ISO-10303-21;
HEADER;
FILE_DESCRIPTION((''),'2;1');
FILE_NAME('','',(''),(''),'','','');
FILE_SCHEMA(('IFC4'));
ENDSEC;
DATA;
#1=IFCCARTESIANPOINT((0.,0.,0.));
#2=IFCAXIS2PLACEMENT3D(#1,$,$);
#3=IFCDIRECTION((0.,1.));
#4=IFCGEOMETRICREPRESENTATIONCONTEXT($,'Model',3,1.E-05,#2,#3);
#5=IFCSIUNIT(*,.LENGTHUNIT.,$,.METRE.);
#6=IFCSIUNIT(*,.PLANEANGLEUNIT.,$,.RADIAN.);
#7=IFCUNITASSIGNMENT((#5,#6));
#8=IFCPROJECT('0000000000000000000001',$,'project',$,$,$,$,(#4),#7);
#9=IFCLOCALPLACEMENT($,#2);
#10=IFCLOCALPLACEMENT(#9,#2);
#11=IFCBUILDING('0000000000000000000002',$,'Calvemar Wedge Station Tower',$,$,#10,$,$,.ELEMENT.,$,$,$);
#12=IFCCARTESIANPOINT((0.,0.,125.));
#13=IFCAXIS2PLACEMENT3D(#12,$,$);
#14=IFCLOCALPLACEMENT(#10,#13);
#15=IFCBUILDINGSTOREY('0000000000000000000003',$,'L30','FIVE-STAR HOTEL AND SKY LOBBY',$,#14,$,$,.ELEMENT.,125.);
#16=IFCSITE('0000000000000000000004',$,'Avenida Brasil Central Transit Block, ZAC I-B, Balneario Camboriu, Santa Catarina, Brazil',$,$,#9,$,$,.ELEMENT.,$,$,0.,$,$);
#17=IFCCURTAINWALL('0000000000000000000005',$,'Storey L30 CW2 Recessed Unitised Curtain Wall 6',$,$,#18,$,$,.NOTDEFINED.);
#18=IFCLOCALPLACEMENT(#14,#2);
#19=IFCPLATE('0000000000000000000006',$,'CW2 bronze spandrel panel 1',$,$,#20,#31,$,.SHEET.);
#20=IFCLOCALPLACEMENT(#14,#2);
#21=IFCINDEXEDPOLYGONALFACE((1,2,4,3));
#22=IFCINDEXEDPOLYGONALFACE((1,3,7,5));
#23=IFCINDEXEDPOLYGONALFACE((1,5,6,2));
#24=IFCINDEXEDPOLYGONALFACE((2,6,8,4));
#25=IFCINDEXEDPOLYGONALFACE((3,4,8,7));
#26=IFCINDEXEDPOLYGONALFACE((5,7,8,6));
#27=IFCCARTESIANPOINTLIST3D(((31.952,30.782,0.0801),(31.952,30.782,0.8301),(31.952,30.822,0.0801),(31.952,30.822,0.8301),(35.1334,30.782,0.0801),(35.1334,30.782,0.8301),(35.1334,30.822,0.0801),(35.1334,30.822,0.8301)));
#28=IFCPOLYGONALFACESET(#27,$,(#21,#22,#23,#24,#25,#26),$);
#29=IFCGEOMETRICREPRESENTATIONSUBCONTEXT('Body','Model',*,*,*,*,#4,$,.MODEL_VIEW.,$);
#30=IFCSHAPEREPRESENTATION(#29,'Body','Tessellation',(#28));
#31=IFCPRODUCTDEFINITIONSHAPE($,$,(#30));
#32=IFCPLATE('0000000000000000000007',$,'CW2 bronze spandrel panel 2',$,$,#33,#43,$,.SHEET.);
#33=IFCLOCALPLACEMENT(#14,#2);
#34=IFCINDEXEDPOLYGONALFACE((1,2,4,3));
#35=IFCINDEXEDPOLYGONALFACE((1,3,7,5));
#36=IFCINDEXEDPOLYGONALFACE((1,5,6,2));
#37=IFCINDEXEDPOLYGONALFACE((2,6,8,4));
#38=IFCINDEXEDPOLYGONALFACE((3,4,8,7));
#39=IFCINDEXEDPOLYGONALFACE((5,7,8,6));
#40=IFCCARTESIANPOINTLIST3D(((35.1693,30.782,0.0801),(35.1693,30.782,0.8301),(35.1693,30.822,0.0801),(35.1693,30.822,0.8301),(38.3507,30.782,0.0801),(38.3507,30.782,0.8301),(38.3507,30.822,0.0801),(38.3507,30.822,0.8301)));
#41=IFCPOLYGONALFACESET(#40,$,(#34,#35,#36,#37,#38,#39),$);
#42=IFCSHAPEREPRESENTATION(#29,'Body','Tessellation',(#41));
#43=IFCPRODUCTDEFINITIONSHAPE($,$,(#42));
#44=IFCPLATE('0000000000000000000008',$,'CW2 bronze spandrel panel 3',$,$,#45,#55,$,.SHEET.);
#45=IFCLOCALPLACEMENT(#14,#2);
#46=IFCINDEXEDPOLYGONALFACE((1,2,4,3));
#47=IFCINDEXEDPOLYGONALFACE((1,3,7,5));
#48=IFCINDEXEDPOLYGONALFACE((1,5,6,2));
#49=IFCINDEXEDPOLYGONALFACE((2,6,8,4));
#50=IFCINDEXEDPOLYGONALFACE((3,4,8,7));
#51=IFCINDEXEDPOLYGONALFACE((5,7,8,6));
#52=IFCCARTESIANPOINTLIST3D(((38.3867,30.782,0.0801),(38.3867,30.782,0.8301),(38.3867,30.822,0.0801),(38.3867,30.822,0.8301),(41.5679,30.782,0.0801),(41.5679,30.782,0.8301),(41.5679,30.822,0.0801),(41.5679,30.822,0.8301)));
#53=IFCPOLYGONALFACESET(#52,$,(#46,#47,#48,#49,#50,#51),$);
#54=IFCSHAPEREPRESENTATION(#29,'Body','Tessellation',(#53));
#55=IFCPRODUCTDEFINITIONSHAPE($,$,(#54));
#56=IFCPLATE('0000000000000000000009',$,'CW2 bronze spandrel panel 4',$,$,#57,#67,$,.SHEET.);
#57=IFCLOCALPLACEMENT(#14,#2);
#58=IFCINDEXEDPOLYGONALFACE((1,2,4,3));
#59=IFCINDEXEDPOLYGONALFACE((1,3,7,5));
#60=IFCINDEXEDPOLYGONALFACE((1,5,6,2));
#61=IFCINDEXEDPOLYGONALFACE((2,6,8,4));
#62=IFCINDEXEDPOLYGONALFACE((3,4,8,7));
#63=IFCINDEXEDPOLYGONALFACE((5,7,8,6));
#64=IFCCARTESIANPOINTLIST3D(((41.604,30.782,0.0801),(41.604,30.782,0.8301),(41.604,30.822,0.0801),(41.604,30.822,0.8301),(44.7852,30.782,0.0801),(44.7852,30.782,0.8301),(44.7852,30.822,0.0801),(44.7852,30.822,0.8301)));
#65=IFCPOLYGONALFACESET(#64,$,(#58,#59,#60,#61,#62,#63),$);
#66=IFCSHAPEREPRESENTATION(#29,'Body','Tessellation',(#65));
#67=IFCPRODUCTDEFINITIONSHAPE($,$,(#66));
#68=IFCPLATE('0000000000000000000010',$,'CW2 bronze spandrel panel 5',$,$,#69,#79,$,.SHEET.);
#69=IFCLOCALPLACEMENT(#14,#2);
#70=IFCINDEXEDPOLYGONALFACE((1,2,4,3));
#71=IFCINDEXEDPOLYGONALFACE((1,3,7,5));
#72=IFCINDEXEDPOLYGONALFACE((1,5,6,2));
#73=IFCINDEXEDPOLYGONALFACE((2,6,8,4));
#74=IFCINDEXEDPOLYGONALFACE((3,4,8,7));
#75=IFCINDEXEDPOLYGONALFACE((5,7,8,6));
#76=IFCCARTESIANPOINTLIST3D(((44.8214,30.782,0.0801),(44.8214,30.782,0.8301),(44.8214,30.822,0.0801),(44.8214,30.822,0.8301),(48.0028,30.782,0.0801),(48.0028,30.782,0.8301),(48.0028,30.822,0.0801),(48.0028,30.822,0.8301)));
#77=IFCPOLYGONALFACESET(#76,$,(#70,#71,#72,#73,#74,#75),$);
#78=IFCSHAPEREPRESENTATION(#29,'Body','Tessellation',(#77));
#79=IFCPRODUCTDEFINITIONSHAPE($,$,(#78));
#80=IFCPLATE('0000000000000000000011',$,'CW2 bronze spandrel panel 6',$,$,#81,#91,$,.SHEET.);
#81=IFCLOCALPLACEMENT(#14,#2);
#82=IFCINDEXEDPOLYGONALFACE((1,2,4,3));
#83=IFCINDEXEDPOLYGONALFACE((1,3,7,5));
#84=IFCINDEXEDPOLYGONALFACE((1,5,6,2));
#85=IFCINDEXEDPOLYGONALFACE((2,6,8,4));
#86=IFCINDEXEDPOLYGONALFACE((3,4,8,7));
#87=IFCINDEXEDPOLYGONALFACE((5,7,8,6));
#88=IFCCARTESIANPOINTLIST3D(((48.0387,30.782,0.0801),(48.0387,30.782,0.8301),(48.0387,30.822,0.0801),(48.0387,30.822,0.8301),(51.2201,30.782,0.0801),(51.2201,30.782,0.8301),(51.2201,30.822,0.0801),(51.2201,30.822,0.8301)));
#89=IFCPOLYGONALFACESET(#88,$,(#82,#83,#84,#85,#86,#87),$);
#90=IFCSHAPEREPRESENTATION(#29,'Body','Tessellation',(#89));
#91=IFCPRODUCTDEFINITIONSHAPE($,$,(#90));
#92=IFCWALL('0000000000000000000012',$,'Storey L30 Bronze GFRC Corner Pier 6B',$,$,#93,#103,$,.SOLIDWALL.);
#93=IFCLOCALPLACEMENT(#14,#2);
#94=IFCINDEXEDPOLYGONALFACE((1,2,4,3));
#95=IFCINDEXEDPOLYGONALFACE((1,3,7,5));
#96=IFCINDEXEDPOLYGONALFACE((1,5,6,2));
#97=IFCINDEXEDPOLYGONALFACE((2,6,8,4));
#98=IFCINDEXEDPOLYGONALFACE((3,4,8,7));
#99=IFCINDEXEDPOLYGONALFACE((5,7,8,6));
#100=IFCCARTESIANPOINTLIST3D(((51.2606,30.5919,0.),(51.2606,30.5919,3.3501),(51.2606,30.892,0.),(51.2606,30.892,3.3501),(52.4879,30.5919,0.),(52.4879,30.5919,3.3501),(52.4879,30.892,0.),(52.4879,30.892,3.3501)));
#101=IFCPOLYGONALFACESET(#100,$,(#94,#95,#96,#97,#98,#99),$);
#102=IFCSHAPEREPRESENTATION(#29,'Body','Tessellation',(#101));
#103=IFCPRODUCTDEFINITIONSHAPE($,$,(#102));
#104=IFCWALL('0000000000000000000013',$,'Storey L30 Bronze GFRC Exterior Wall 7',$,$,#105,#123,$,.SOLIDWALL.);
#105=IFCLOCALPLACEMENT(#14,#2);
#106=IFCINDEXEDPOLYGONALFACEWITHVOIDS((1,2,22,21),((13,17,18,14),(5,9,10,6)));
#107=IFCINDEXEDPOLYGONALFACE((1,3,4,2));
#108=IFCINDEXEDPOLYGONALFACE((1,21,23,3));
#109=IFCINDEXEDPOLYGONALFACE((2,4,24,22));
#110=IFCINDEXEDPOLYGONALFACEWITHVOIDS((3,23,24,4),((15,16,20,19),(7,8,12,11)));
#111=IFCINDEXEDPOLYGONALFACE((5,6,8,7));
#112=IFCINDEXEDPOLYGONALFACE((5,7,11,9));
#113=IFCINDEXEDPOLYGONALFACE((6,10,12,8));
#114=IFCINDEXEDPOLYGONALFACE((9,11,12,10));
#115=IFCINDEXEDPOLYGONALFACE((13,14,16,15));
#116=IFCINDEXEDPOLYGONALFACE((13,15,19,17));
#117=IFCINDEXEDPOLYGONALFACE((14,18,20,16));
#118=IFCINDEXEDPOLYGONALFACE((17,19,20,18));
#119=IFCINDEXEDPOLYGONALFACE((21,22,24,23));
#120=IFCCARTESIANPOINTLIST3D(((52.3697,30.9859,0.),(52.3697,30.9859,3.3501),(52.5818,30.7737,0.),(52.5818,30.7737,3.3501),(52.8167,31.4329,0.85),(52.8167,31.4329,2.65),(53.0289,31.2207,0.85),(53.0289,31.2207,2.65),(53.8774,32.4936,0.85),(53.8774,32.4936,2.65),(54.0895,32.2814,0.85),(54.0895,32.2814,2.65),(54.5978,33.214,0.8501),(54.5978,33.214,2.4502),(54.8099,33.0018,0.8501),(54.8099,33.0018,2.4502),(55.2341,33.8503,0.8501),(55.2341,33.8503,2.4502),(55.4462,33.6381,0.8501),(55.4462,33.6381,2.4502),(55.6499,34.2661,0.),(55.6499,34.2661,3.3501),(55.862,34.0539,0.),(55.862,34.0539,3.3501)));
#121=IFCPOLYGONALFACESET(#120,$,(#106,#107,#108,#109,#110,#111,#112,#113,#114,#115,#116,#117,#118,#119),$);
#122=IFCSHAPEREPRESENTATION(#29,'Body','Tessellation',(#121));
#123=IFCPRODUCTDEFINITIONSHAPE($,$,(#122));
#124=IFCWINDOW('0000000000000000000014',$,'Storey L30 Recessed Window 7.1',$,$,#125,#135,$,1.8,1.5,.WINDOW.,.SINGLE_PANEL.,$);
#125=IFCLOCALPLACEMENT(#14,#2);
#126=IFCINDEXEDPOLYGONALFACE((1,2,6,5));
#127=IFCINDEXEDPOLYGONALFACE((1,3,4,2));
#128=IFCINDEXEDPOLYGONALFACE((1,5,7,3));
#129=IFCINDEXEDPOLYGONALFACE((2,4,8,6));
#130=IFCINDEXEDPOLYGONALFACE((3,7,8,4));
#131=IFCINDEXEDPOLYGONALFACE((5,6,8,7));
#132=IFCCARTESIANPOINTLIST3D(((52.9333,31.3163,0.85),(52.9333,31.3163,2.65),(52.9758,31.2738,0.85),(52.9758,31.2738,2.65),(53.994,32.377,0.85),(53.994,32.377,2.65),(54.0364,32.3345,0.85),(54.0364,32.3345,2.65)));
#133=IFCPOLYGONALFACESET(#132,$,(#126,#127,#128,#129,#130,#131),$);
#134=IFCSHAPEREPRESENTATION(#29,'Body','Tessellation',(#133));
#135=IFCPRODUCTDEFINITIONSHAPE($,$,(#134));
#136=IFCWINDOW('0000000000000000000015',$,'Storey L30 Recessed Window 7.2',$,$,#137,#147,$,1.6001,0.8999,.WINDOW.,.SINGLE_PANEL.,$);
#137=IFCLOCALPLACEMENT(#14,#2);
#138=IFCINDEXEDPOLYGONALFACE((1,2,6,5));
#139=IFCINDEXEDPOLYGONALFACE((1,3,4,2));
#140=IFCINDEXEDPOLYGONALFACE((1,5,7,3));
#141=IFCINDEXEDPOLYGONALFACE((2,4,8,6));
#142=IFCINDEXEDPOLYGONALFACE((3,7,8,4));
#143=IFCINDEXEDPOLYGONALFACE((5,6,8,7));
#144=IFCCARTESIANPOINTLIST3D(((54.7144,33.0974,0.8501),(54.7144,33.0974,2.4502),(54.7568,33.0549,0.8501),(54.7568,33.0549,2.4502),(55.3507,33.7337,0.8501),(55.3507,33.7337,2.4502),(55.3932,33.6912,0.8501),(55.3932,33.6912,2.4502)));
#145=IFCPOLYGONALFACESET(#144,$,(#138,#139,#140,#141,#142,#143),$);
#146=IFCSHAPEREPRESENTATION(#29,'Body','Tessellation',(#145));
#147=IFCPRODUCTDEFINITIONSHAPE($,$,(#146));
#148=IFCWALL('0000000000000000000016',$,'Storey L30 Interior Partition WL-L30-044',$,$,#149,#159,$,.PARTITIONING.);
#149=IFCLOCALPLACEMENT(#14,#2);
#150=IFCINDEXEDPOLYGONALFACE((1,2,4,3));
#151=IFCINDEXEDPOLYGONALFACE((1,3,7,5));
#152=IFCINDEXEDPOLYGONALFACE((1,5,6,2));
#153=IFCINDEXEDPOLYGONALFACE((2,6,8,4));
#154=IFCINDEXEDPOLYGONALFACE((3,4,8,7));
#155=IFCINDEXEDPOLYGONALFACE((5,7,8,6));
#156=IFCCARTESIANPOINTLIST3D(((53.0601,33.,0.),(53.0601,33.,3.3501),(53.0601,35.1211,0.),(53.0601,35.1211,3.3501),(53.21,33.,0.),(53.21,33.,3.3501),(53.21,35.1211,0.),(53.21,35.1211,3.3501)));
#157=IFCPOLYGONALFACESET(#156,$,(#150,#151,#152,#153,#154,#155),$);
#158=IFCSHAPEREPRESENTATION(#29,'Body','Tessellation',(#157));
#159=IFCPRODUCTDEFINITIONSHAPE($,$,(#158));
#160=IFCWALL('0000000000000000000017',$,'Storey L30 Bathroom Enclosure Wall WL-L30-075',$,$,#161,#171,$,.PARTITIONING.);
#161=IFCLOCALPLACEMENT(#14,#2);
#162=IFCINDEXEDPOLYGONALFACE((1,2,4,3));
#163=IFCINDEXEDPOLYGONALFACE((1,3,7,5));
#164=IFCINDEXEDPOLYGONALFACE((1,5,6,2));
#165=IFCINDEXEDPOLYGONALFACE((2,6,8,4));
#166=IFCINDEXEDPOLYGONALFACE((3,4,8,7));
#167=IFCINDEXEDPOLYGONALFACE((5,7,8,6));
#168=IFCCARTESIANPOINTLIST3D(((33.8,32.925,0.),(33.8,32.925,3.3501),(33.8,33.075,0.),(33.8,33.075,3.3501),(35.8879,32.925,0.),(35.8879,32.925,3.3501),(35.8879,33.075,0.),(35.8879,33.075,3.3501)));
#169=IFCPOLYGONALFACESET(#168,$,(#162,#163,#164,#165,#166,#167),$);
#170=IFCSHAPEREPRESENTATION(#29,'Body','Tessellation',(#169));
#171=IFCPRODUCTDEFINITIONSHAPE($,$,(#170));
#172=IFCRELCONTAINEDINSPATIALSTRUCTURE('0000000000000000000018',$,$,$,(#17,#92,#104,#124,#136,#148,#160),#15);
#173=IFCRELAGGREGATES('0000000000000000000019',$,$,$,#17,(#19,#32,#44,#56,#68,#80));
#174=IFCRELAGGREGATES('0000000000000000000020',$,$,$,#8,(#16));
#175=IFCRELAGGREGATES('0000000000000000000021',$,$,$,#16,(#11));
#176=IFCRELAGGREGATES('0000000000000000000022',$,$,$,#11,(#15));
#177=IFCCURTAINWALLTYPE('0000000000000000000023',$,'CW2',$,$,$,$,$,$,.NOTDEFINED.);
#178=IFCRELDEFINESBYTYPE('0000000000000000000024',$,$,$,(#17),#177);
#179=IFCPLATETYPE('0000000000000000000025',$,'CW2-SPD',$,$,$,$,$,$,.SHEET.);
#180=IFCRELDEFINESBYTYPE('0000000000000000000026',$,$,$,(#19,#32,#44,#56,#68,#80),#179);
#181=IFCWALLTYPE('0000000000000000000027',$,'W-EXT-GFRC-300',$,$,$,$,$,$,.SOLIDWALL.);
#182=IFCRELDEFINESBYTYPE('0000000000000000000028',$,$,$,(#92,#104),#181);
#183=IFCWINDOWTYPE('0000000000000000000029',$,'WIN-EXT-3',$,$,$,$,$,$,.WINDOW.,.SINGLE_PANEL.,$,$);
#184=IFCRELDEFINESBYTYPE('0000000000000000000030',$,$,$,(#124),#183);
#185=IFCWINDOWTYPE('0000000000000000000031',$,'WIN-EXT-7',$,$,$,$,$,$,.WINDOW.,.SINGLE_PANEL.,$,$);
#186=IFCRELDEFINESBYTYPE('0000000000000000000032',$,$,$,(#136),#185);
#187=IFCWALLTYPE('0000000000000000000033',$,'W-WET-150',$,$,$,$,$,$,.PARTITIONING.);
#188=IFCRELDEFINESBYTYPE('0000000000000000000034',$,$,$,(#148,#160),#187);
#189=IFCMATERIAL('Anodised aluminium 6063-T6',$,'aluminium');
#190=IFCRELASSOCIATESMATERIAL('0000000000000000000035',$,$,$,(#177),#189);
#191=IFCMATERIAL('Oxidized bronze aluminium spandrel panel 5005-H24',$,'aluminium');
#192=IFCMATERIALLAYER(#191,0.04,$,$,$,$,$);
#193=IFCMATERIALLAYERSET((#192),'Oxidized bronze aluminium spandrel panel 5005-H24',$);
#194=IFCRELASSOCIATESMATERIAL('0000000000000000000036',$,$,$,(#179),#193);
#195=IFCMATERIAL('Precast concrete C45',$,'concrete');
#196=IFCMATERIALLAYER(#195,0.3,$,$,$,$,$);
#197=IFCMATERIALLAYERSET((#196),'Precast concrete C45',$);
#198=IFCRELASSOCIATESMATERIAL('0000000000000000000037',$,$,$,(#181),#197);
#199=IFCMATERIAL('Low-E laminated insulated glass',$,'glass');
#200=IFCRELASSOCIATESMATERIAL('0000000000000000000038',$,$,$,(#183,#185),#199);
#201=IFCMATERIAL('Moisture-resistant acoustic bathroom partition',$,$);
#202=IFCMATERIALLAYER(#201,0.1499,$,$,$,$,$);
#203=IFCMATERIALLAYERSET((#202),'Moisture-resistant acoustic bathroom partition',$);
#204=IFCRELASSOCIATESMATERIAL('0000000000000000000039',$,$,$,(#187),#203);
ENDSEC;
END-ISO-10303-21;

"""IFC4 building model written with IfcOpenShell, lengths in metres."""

from ifc_helpers import new_model, si_unit, direction, frame, frame_2d, origin, place, context, subcontext, project, spatial, rectangle, extrude, source, transform, mapped, material, layer, layer_set, type_object, element, fill, aggregate, save


model = new_model("IFC4")

# Units and contexts
model_context = context("Model", 3, precision=1e-05, world=origin(), true_north=direction((0.0, 1.0)))
body_context = subcontext(model_context, "Body", "Model", "MODEL_VIEW")
ifc_project = project(units=[si_unit("LENGTHUNIT", "METRE"), si_unit("PLANEANGLEUNIT", "RADIAN")], contexts=[model_context])

# Site, building, storey
site_placement = place(None, origin())
site = spatial("IfcSite", under=ifc_project, at=site_placement, Name="Avenida Brasil Central Transit Block, ZAC I-B, Balneario Camboriu, Santa Catarina, Brazil", CompositionType="ELEMENT", RefElevation=0.0)
building_placement = place(site_placement, origin())
building = spatial("IfcBuilding", under=site, at=building_placement, Name="Calvemar Wedge Station Tower", CompositionType="ELEMENT")
storey_placement = place(building_placement, frame((0.0, 0.0, 125.0)))
storey = spatial("IfcBuildingStorey", under=building, at=storey_placement, Name="L30", Description="FIVE-STAR HOTEL AND SKY LOBBY", CompositionType="ELEMENT", Elevation=125.0)

# Curtain wall, plates
ifc_material_1 = material(Name="Anodised aluminium 6063-T6", Category="aluminium")
curtain_wall_type = type_object("IfcCurtainWallType", Name="CW2", PredefinedType="NOTDEFINED", material=ifc_material_1)
curtain_wall_placement = place(storey_placement, origin())
curtain_wall = element("IfcCurtainWall", 1, at=curtain_wall_placement, inside=storey, type_object=curtain_wall_type, Name="Storey L30 CW2 Recessed Unitised Curtain Wall 6", PredefinedType="NOTDEFINED")
ifc_material_2 = material(Name="Low-E laminated insulated glass", Category="glass")
ifc_material_3 = material(Name="Oxidized bronze aluminium spandrel panel 5005-H24", Category="aluminium")
ifc_layer_1 = layer(ifc_material_3, 0.04)
ifc_layer_set_1 = layer_set([ifc_layer_1], Name="Oxidized bronze aluminium spandrel panel 5005-H24")
plate_type_1 = type_object("IfcPlateType", Name="CW2-SPD", PredefinedType="SHEET", material=ifc_layer_set_1)
plate_1_placement = place(storey_placement, frame((31.9519, 30.802, 0.0801), z_axis=(0.0, 0.0, 1.0), x_axis=(1.0, 0.0, 0.0)))
plate_1 = element("IfcPlate", 2, at=plate_1_placement, type_object=plate_type_1, Name="CW2 bronze spandrel panel 1", PredefinedType="SHEET", context=body_context, shape_type="SweptSolid", body=[
    extrude(rectangle(XDim=3.1814, YDim=0.04, at=frame_2d((1.5908, 0.0))), origin(), (0.0, 0.0, 1.0), 0.75),
])
plate_2_placement = place(storey_placement, frame((35.1692, 30.802, 0.0801), z_axis=(0.0, 0.0, 1.0), x_axis=(1.0, 0.0, 0.0)))
plate_2 = element("IfcPlate", 3, at=plate_2_placement, type_object=plate_type_1, Name="CW2 bronze spandrel panel 2", PredefinedType="SHEET", context=body_context, shape_type="SweptSolid", body=[
    extrude(rectangle(XDim=3.1814, YDim=0.04, at=frame_2d((1.5908, 0.0))), origin(), (0.0, 0.0, 1.0), 0.75),
])
plate_3_placement = place(storey_placement, frame((38.3867, 30.802, 0.0801), z_axis=(0.0, 0.0, 1.0), x_axis=(1.0, 0.0, 0.0)))
plate_3 = element("IfcPlate", 4, at=plate_3_placement, type_object=plate_type_1, Name="CW2 bronze spandrel panel 3", PredefinedType="SHEET", context=body_context, shape_type="SweptSolid", body=[
    extrude(rectangle(XDim=3.1812, YDim=0.04, at=frame_2d((1.5906, 0.0))), origin(), (0.0, 0.0, 1.0), 0.75),
])
plate_4_placement = place(storey_placement, frame((41.604, 30.802, 0.0801), z_axis=(0.0, 0.0, 1.0), x_axis=(1.0, 0.0, 0.0)))
plate_4 = element("IfcPlate", 5, at=plate_4_placement, type_object=plate_type_1, Name="CW2 bronze spandrel panel 4", PredefinedType="SHEET", context=body_context, shape_type="SweptSolid", body=[
    extrude(rectangle(XDim=3.1812, YDim=0.04, at=frame_2d((1.5906, 0.0))), origin(), (0.0, 0.0, 1.0), 0.75),
])
plate_5_placement = place(storey_placement, frame((44.8213, 30.802, 0.0801), z_axis=(0.0, 0.0, 1.0), x_axis=(1.0, 0.0, 0.0)))
plate_5 = element("IfcPlate", 6, at=plate_5_placement, type_object=plate_type_1, Name="CW2 bronze spandrel panel 5", PredefinedType="SHEET", context=body_context, shape_type="SweptSolid", body=[
    extrude(rectangle(XDim=3.1814, YDim=0.04, at=frame_2d((1.5908, 0.0))), origin(), (0.0, 0.0, 1.0), 0.75),
])
plate_6_placement = place(storey_placement, frame((48.0386, 30.802, 0.0801), z_axis=(0.0, 0.0, 1.0), x_axis=(1.0, 0.0, 0.0)))
plate_6 = element("IfcPlate", 7, at=plate_6_placement, type_object=plate_type_1, Name="CW2 bronze spandrel panel 6", PredefinedType="SHEET", context=body_context, shape_type="SweptSolid", body=[
    extrude(rectangle(XDim=3.1814, YDim=0.04, at=frame_2d((1.5908, 0.0))), origin(), (0.0, 0.0, 1.0), 0.75),
])
aggregate(curtain_wall, [plate_1, plate_2, plate_3, plate_4, plate_5, plate_6])

# Wall
ifc_material_4 = material(Name="Precast concrete C45", Category="concrete")
ifc_layer_2 = layer(ifc_material_4, 0.3)
ifc_layer_set_2 = layer_set([ifc_layer_2], Name="Precast concrete C45")
wall_type_1 = type_object("IfcWallType", Name="W-EXT-GFRC-300", PredefinedType="SOLIDWALL", material=ifc_layer_set_2)
wall_1_placement = place(storey_placement, frame((51.2605, 30.7419, 0.0), z_axis=(0.0, 0.0, 1.0), x_axis=(1.0, 0.0, 0.0)))
element("IfcWall", 8, at=wall_1_placement, inside=storey, type_object=wall_type_1, Name="Storey L30 Bronze GFRC Corner Pier 6B", PredefinedType="SOLIDWALL", context=body_context, shape_type="SweptSolid", body=[
    extrude(rectangle(XDim=1.2273, YDim=0.3, at=frame_2d((0.6138, 0.0))), origin(), (0.0, 0.0, 1.0), 3.3501),
])

# Wall, openings, windows
wall_2_placement = place(storey_placement, frame((52.4758, 30.8799, 0.0), z_axis=(0.0, 0.0, 1.0), x_axis=(0.707107, 0.707107, 0.0)))
wall_2 = element("IfcWall", 9, at=wall_2_placement, inside=storey, type_object=wall_type_1, Name="Storey L30 Bronze GFRC Exterior Wall 7", PredefinedType="SOLIDWALL", context=body_context, shape_type="SweptSolid", body=[
    extrude(rectangle(XDim=4.6389, YDim=0.3, at=frame_2d((2.3193, 0.0))), origin(), (0.0, 0.0, 1.0), 3.3501),
])
shared_shape_1 = source(origin(), body_context, "Body", "SweptSolid", [
    extrude(rectangle(XDim=1.5, YDim=1.8, at=frame_2d((0.75, 0.8999))), frame((0.0, 0.1602, 0.0), z_axis=(0.0, -1.0, 0.0), x_axis=(1.0, 0.0, 0.0)), (0.0, 0.0, 1.0), 0.3201),
])
opening_1_placement = place(wall_2_placement, frame((0.6321, 0.0, 0.8501)))
opening_1 = element("IfcOpeningElement", 10, at=opening_1_placement, cuts=wall_2, PredefinedType="OPENING", context=body_context, shape_type="MappedRepresentation", body=[
    mapped(shared_shape_1, transform((0.0, 0.0, 0.0), scale=1.0)),
])
shared_shape_2 = source(origin(), body_context, "Body", "SweptSolid", [
    extrude(rectangle(XDim=0.8999, YDim=1.6001, at=frame_2d((0.45, 0.8))), frame((0.0, 0.1602, 0.0), z_axis=(0.0, -1.0, 0.0), x_axis=(1.0, 0.0, 0.0)), (0.0, 0.0, 1.0), 0.3201),
])
opening_2_placement = place(wall_2_placement, frame((3.1509, 0.0, 0.8501)))
opening_2 = element("IfcOpeningElement", 11, at=opening_2_placement, cuts=wall_2, PredefinedType="OPENING", context=body_context, shape_type="MappedRepresentation", body=[
    mapped(shared_shape_2, transform((0.0, 0.0, 0.0), scale=1.0)),
])
window_type_1 = type_object("IfcWindowType", Name="WIN-EXT-3", PartitioningType="SINGLE_PANEL", PredefinedType="WINDOW", material=ifc_material_2)
shared_shape_3 = source(origin(), body_context, "Body", "SweptSolid", [
    extrude(rectangle(XDim=1.5, YDim=1.8, at=frame_2d((0.75, 0.8999))), frame((0.0, -0.0149, 0.0), z_axis=(0.0, -1.0, 0.0), x_axis=(1.0, 0.0, 0.0)), (0.0, 0.0, 1.0), 0.0601),
])
window_1_placement = place(opening_1_placement, origin())
window_1 = element("IfcWindow", 12, at=window_1_placement, inside=storey, type_object=window_type_1, Name="Storey L30 Recessed Window 7.1", OverallHeight=1.8, OverallWidth=1.5, PartitioningType="SINGLE_PANEL", PredefinedType="WINDOW", context=body_context, shape_type="MappedRepresentation", body=[
    mapped(shared_shape_3, transform((0.0, 0.0, 0.0), scale=1.0)),
])
fill(opening_1, window_1)
window_type_2 = type_object("IfcWindowType", Name="WIN-EXT-7", PartitioningType="SINGLE_PANEL", PredefinedType="WINDOW", material=ifc_material_2)
shared_shape_4 = source(origin(), body_context, "Body", "SweptSolid", [
    extrude(rectangle(XDim=0.8999, YDim=1.6001, at=frame_2d((0.45, 0.8))), frame((0.0, -0.0149, 0.0), z_axis=(0.0, -1.0, 0.0), x_axis=(1.0, 0.0, 0.0)), (0.0, 0.0, 1.0), 0.0601),
])
window_2_placement = place(opening_2_placement, origin())
window_2 = element("IfcWindow", 13, at=window_2_placement, inside=storey, type_object=window_type_2, Name="Storey L30 Recessed Window 7.2", OverallHeight=1.6001, OverallWidth=0.8999, PartitioningType="SINGLE_PANEL", PredefinedType="WINDOW", context=body_context, shape_type="MappedRepresentation", body=[
    mapped(shared_shape_4, transform((0.0, 0.0, 0.0), scale=1.0)),
])
fill(opening_2, window_2)

# Walls
ifc_material_5 = material(Name="Moisture-resistant acoustic bathroom partition")
ifc_layer_3 = layer(ifc_material_5, 0.1499)
ifc_layer_set_3 = layer_set([ifc_layer_3], Name="Moisture-resistant acoustic bathroom partition")
wall_type_2 = type_object("IfcWallType", Name="W-WET-150", PredefinedType="PARTITIONING", material=ifc_layer_set_3)
wall_3_placement = place(storey_placement, frame((53.135, 33.0, 0.0), z_axis=(0.0, 0.0, 1.0), x_axis=(0.0, 1.0, 0.0)))
element("IfcWall", 14, at=wall_3_placement, inside=storey, type_object=wall_type_2, Name="Storey L30 Interior Partition WL-L30-044", PredefinedType="PARTITIONING", context=body_context, shape_type="SweptSolid", body=[
    extrude(rectangle(XDim=2.1211, YDim=0.1499, at=frame_2d((1.0605, 0.0))), origin(), (0.0, 0.0, 1.0), 3.3501),
])
wall_4_placement = place(storey_placement, frame((35.8879, 33.0, 0.0), z_axis=(0.0, 0.0, 1.0), x_axis=(-1.0, 0.0, 0.0)))
element("IfcWall", 15, at=wall_4_placement, inside=storey, type_object=wall_type_2, Name="Storey L30 Bathroom Enclosure Wall WL-L30-075", PredefinedType="PARTITIONING", context=body_context, shape_type="SweptSolid", body=[
    extrude(rectangle(XDim=2.0879, YDim=0.1499, at=frame_2d((1.0439, 0.0))), origin(), (0.0, 0.0, 1.0), 3.3501),
])

save(model, "model.ifc")
